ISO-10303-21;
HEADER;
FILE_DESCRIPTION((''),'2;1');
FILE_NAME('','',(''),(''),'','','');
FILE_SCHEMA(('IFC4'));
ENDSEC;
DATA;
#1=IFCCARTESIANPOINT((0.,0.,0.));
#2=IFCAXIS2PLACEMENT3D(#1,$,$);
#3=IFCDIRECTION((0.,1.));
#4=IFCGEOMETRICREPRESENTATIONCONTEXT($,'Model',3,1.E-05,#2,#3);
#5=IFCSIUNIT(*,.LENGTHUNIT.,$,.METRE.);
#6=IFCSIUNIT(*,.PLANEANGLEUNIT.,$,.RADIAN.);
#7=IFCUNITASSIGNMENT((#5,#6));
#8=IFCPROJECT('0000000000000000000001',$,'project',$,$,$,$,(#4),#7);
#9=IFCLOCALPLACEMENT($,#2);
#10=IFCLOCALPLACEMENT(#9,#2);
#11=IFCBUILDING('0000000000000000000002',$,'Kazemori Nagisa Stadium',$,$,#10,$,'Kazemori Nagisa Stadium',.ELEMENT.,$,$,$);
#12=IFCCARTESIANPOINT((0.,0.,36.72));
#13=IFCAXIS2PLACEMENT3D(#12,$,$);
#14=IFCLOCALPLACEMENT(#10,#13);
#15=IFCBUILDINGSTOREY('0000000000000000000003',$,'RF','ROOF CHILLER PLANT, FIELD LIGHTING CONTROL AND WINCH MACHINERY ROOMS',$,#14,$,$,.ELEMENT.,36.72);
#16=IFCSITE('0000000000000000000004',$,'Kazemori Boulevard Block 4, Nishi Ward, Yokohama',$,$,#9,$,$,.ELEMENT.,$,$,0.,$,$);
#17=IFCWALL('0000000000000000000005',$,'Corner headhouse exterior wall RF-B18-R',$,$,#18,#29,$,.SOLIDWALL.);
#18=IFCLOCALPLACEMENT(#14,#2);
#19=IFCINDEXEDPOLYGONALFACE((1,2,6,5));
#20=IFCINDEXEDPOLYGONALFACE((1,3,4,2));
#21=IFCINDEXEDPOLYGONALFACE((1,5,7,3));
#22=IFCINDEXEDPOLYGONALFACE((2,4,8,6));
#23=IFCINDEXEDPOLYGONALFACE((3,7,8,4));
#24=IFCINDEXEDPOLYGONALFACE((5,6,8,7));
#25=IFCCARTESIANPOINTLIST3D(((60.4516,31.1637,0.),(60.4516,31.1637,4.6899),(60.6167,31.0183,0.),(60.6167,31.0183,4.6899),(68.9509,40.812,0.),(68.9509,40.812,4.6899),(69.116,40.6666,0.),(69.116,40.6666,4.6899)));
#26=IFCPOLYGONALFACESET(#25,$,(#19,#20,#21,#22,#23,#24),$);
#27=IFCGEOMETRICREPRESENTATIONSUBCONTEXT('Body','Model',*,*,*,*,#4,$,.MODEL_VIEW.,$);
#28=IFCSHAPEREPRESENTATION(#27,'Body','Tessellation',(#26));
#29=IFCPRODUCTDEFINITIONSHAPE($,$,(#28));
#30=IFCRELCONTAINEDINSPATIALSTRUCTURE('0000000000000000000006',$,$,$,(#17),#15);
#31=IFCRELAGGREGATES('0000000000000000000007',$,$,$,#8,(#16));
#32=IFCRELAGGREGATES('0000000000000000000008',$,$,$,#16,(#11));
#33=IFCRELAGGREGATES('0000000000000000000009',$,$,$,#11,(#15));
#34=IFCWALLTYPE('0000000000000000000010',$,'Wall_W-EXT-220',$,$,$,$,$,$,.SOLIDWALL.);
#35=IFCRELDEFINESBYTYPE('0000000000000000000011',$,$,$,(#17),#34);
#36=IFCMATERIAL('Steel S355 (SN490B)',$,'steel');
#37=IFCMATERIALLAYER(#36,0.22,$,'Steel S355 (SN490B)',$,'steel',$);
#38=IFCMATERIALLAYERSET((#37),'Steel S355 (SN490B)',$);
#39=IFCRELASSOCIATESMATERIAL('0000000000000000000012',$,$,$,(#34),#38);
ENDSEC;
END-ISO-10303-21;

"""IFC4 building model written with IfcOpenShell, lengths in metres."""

from ifc_helpers import new_model, si_unit, direction, frame, frame_2d, origin, place, context, subcontext, project, spatial, rectangle, extrude, material, layer, layer_set, type_object, element, save


model = new_model("IFC4")

# Units and contexts
model_context = context("Model", 3, precision=1e-05, world=origin(), true_north=direction((0.0, 1.0)))
body_context = subcontext(model_context, "Body", "Model", "MODEL_VIEW")
ifc_project = project(units=[si_unit("LENGTHUNIT", "METRE"), si_unit("PLANEANGLEUNIT", "RADIAN")], contexts=[model_context])

# Site, building, storey
site_placement = place(None, origin())
site = spatial("IfcSite", under=ifc_project, at=site_placement, Name="Kazemori Boulevard Block 4, Nishi Ward, Yokohama", CompositionType="ELEMENT", RefElevation=0.0)
building_placement = place(site_placement, origin())
building = spatial("IfcBuilding", under=site, at=building_placement, Name="Kazemori Nagisa Stadium", LongName="Kazemori Nagisa Stadium", CompositionType="ELEMENT")
storey_placement = place(building_placement, frame((0.0, 0.0, 36.72)))
storey = spatial("IfcBuildingStorey", under=building, at=storey_placement, Name="RF", Description="ROOF CHILLER PLANT, FIELD LIGHTING CONTROL AND WINCH MACHINERY ROOMS", CompositionType="ELEMENT", Elevation=36.72)

# Wall
ifc_material_1 = material(Name="Steel S355 (SN490B)", Category="steel")
ifc_layer_1 = layer(ifc_material_1, 0.22, Name="Steel S355 (SN490B)", Category="steel")
ifc_layer_set_1 = layer_set([ifc_layer_1], Name="Steel S355 (SN490B)")
wall_type = type_object("IfcWallType", Name="Wall_W-EXT-220", PredefinedType="SOLIDWALL", material=ifc_layer_set_1)
wall_placement = place(storey_placement, frame((69.0334, 40.7393, 0.0), z_axis=(0.0, 0.0, 1.0), x_axis=(-0.661016, -0.750372, 0.0)))
element("IfcWall", 1, at=wall_placement, inside=storey, type_object=wall_type, Name="Corner headhouse exterior wall RF-B18-R", PredefinedType="SOLIDWALL", context=body_context, shape_type="SweptSolid", body=[
    extrude(rectangle(XDim=12.8579, YDim=0.22, at=frame_2d((6.429, 0.0))), origin(), (0.0, 0.0, 1.0), 4.6899),
])

save(model, "model.ifc")
